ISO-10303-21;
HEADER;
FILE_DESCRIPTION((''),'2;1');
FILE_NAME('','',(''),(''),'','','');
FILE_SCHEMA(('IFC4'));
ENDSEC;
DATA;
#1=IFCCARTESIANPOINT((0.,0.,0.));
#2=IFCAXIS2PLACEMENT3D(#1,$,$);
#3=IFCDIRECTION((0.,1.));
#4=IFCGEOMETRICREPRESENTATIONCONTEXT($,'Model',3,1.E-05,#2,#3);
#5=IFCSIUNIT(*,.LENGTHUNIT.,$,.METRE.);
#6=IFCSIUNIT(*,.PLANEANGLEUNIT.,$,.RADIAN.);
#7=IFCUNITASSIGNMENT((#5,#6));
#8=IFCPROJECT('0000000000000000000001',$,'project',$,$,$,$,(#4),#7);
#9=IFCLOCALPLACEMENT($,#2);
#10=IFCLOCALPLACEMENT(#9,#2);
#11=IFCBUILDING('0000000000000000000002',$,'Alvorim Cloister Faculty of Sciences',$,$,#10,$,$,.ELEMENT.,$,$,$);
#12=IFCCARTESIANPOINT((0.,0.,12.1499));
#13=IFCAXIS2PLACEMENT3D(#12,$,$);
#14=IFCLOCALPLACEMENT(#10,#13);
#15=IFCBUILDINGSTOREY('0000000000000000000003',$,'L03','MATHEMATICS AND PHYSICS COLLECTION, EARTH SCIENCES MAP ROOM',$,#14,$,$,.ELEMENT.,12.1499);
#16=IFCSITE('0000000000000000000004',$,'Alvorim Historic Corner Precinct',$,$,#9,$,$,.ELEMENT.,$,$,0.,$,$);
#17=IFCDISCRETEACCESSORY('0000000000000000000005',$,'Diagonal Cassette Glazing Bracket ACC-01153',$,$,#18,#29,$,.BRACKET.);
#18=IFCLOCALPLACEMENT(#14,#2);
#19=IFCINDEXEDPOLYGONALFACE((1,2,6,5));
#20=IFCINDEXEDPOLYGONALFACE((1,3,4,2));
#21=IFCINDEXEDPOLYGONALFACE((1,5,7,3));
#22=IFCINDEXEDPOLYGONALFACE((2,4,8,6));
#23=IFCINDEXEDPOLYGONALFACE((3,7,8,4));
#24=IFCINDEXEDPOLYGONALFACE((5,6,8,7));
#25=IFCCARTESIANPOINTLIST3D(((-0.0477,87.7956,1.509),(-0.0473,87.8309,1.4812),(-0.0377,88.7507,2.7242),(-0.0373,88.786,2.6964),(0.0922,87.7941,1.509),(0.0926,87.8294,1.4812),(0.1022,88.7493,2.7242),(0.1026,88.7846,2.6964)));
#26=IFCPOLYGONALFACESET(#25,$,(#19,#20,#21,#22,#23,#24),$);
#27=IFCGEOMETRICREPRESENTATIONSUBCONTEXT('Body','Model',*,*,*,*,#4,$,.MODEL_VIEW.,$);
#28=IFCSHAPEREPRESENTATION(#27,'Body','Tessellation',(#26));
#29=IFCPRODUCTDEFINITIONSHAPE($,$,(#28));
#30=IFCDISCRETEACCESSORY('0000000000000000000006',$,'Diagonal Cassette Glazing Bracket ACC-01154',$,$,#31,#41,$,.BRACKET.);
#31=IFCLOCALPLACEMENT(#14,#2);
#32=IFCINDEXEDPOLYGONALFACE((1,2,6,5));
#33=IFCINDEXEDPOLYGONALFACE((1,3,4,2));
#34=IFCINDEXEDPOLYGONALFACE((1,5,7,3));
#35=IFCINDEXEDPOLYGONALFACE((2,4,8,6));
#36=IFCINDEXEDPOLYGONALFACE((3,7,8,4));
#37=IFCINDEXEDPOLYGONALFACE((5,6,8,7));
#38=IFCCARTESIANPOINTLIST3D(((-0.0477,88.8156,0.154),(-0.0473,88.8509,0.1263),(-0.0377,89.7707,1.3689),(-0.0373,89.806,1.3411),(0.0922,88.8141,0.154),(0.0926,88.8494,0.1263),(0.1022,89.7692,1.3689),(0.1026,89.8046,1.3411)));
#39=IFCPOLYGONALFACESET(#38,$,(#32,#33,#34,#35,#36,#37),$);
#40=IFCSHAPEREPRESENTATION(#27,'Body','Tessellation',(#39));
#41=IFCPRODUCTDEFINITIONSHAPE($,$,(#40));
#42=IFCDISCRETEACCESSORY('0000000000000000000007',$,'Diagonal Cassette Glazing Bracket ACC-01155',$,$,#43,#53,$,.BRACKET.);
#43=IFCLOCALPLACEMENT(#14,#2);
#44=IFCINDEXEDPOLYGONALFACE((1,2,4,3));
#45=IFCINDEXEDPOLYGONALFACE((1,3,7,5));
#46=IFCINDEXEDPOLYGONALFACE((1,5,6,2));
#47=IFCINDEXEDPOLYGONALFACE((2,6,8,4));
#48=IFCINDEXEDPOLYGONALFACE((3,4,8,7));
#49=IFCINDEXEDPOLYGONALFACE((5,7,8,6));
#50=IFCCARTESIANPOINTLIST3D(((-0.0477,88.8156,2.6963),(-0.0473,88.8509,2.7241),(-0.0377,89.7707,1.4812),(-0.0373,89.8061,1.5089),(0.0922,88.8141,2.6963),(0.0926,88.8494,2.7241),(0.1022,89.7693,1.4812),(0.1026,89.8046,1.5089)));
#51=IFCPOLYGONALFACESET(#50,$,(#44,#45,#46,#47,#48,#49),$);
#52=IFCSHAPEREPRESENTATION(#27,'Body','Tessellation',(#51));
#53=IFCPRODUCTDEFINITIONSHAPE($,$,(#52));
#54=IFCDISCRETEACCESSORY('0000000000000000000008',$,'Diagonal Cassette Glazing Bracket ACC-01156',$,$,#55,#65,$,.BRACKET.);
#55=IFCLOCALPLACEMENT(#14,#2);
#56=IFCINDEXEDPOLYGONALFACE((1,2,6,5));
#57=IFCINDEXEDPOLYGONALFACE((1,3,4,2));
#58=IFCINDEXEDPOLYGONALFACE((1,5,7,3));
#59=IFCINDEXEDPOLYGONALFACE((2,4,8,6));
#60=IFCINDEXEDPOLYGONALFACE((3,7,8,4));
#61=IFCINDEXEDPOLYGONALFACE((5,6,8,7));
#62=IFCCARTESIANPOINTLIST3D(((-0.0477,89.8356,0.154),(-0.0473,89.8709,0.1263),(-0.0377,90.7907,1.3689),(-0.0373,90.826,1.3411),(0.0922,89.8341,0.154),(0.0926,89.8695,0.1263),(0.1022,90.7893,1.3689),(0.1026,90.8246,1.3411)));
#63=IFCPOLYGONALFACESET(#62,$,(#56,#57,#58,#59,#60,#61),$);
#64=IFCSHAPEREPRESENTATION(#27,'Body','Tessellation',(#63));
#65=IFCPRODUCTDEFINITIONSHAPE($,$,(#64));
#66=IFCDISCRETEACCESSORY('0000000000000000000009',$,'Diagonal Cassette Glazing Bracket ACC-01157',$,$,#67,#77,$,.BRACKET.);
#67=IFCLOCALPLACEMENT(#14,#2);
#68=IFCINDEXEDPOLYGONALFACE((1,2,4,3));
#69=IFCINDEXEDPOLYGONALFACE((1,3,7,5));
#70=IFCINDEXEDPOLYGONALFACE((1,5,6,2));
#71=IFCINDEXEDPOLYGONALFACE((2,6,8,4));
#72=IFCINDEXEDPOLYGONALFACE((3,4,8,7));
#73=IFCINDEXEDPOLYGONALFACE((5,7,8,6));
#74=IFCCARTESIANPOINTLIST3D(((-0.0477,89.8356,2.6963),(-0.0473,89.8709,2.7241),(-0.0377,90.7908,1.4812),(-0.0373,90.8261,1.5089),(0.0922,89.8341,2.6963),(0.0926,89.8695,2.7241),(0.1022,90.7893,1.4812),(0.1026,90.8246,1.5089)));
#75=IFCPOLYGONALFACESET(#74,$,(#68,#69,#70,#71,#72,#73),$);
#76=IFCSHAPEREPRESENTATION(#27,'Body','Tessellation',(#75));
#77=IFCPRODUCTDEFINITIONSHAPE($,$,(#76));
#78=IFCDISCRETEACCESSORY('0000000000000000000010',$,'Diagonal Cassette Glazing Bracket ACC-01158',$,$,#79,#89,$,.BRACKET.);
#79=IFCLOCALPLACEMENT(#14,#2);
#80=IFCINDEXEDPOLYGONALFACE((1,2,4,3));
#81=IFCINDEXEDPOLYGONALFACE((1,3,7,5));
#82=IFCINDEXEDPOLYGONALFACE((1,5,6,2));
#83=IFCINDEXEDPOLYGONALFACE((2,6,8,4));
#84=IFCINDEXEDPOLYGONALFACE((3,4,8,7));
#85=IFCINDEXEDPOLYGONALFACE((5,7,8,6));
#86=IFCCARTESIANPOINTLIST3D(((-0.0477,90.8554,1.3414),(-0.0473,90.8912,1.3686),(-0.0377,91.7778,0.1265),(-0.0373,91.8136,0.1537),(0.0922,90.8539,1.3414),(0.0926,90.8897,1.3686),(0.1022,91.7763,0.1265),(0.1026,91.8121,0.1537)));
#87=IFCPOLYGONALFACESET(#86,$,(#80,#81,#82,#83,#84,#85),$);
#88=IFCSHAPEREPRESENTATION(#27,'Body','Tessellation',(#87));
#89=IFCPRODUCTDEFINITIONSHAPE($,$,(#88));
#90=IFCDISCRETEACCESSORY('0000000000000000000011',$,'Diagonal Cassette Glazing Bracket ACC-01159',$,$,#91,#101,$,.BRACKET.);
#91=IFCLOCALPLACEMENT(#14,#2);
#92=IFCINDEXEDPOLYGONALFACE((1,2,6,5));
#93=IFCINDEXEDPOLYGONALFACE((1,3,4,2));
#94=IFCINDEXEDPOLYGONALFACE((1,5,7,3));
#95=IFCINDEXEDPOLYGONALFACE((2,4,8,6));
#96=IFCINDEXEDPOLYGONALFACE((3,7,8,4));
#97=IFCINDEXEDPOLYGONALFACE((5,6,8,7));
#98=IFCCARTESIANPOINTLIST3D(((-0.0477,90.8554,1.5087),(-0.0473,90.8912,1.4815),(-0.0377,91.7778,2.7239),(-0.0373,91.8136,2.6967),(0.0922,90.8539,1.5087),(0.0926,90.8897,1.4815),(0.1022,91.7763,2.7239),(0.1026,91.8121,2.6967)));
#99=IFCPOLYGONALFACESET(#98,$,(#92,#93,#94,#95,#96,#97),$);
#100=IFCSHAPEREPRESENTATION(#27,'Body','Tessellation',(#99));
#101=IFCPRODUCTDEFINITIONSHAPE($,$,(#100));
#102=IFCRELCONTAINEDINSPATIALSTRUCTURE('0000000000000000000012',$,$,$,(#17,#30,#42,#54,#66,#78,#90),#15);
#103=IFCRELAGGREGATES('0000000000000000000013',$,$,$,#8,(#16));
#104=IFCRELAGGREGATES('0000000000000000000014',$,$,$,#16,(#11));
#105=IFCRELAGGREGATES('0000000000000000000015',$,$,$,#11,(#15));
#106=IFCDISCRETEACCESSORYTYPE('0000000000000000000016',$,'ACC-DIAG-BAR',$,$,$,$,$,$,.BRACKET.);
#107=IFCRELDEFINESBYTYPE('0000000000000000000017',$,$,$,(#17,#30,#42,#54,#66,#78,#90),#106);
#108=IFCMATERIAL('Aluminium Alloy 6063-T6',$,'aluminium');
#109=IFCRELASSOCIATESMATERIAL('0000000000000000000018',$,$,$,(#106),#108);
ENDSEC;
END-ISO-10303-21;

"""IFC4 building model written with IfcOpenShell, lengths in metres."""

from ifc_helpers import new_model, si_unit, direction, frame, origin, origin_2d, place, context, subcontext, project, spatial, rectangle, extrude, material, type_object, element, save


model = new_model("IFC4")

# Units and contexts
model_context = context("Model", 3, precision=1e-05, world=origin(), true_north=direction((0.0, 1.0)))
body_context = subcontext(model_context, "Body", "Model", "MODEL_VIEW")
ifc_project = project(units=[si_unit("LENGTHUNIT", "METRE"), si_unit("PLANEANGLEUNIT", "RADIAN")], contexts=[model_context])

# Site, building, storey
site_placement = place(None, origin())
site = spatial("IfcSite", under=ifc_project, at=site_placement, Name="Alvorim Historic Corner Precinct", CompositionType="ELEMENT", RefElevation=0.0)
building_placement = place(site_placement, origin())
building = spatial("IfcBuilding", under=site, at=building_placement, Name="Alvorim Cloister Faculty of Sciences", CompositionType="ELEMENT")
storey_placement = place(building_placement, frame((0.0, 0.0, 12.1499)))
storey = spatial("IfcBuildingStorey", under=building, at=storey_placement, Name="L03", Description="MATHEMATICS AND PHYSICS COLLECTION, EARTH SCIENCES MAP ROOM", CompositionType="ELEMENT", Elevation=12.1499)

# Shared definitions
ifc_material_1 = material(Name="Aluminium Alloy 6063-T6", Category="aluminium")

# Discrete accessories
discrete_accessory_type = type_object("IfcDiscreteAccessoryType", Name="ACC-DIAG-BAR", PredefinedType="BRACKET", material=ifc_material_1)
discrete_accessory_1_placement = place(storey_placement, frame((0.0225, 87.8125, 1.4951), z_axis=(0.006477, 0.617955, 0.786187), x_axis=(-0.999945, 0.01048, 0.0)))
element("IfcDiscreteAccessory", 1, at=discrete_accessory_1_placement, inside=storey, type_object=discrete_accessory_type, Name="Diagonal Cassette Glazing Bracket ACC-01153", PredefinedType="BRACKET", context=body_context, shape_type="SweptSolid", body=[
    extrude(rectangle(XDim=0.1399, YDim=0.0449, at=origin_2d()), origin(), (0.0, 0.0, 1.0), 1.5457),
])
discrete_accessory_2_placement = place(storey_placement, frame((0.0225, 88.8325, 0.1401), z_axis=(0.006477, 0.618032, 0.786126), x_axis=(-0.999945, 0.01048, 0.0)))
element("IfcDiscreteAccessory", 2, at=discrete_accessory_2_placement, inside=storey, type_object=discrete_accessory_type, Name="Diagonal Cassette Glazing Bracket ACC-01154", PredefinedType="BRACKET", context=body_context, shape_type="SweptSolid", body=[
    extrude(rectangle(XDim=0.1399, YDim=0.0449, at=origin_2d()), origin(), (0.0, 0.0, 1.0), 1.5454),
])
discrete_accessory_3_placement = place(storey_placement, frame((0.0225, 88.8325, 2.7102), z_axis=(0.006477, 0.617955, -0.786187), x_axis=(-0.999945, 0.01048, 0.0)))
element("IfcDiscreteAccessory", 3, at=discrete_accessory_3_placement, inside=storey, type_object=discrete_accessory_type, Name="Diagonal Cassette Glazing Bracket ACC-01155", PredefinedType="BRACKET", context=body_context, shape_type="SweptSolid", body=[
    extrude(rectangle(XDim=0.1399, YDim=0.0449, at=origin_2d()), origin(), (0.0, 0.0, 1.0), 1.5457),
])
discrete_accessory_4_placement = place(storey_placement, frame((0.0225, 89.8525, 0.1401), z_axis=(0.006477, 0.618032, 0.786126), x_axis=(-0.999945, 0.01048, 0.0)))
element("IfcDiscreteAccessory", 4, at=discrete_accessory_4_placement, inside=storey, type_object=discrete_accessory_type, Name="Diagonal Cassette Glazing Bracket ACC-01156", PredefinedType="BRACKET", context=body_context, shape_type="SweptSolid", body=[
    extrude(rectangle(XDim=0.1399, YDim=0.0449, at=origin_2d()), origin(), (0.0, 0.0, 1.0), 1.5454),
])
discrete_accessory_5_placement = place(storey_placement, frame((0.0225, 89.8525, 2.7102), z_axis=(0.006477, 0.617955, -0.786187), x_axis=(-0.999945, 0.01048, 0.0)))
element("IfcDiscreteAccessory", 5, at=discrete_accessory_5_placement, inside=storey, type_object=discrete_accessory_type, Name="Diagonal Cassette Glazing Bracket ACC-01157", PredefinedType="BRACKET", context=body_context, shape_type="SweptSolid", body=[
    extrude(rectangle(XDim=0.1399, YDim=0.0449, at=origin_2d()), origin(), (0.0, 0.0, 1.0), 1.5457),
])
discrete_accessory_6_placement = place(storey_placement, frame((0.0225, 90.8726, 1.355), z_axis=(0.006562, 0.604689, -0.796435), x_axis=(-0.999941, 0.010852, 0.0)))
element("IfcDiscreteAccessory", 6, at=discrete_accessory_6_placement, inside=storey, type_object=discrete_accessory_type, Name="Diagonal Cassette Glazing Bracket ACC-01158", PredefinedType="BRACKET", context=body_context, shape_type="SweptSolid", body=[
    extrude(rectangle(XDim=0.1399, YDim=0.0449, at=origin_2d()), origin(), (0.0, 0.0, 1.0), 1.5254),
])
discrete_accessory_7_placement = place(storey_placement, frame((0.0225, 90.8726, 1.4951), z_axis=(0.006561, 0.604612, 0.796493), x_axis=(-0.999941, 0.010852, 0.0)))
element("IfcDiscreteAccessory", 7, at=discrete_accessory_7_placement, inside=storey, type_object=discrete_accessory_type, Name="Diagonal Cassette Glazing Bracket ACC-01159", PredefinedType="BRACKET", context=body_context, shape_type="SweptSolid", body=[
    extrude(rectangle(XDim=0.1399, YDim=0.0449, at=origin_2d()), origin(), (0.0, 0.0, 1.0), 1.5256),
])

save(model, "model.ifc")
